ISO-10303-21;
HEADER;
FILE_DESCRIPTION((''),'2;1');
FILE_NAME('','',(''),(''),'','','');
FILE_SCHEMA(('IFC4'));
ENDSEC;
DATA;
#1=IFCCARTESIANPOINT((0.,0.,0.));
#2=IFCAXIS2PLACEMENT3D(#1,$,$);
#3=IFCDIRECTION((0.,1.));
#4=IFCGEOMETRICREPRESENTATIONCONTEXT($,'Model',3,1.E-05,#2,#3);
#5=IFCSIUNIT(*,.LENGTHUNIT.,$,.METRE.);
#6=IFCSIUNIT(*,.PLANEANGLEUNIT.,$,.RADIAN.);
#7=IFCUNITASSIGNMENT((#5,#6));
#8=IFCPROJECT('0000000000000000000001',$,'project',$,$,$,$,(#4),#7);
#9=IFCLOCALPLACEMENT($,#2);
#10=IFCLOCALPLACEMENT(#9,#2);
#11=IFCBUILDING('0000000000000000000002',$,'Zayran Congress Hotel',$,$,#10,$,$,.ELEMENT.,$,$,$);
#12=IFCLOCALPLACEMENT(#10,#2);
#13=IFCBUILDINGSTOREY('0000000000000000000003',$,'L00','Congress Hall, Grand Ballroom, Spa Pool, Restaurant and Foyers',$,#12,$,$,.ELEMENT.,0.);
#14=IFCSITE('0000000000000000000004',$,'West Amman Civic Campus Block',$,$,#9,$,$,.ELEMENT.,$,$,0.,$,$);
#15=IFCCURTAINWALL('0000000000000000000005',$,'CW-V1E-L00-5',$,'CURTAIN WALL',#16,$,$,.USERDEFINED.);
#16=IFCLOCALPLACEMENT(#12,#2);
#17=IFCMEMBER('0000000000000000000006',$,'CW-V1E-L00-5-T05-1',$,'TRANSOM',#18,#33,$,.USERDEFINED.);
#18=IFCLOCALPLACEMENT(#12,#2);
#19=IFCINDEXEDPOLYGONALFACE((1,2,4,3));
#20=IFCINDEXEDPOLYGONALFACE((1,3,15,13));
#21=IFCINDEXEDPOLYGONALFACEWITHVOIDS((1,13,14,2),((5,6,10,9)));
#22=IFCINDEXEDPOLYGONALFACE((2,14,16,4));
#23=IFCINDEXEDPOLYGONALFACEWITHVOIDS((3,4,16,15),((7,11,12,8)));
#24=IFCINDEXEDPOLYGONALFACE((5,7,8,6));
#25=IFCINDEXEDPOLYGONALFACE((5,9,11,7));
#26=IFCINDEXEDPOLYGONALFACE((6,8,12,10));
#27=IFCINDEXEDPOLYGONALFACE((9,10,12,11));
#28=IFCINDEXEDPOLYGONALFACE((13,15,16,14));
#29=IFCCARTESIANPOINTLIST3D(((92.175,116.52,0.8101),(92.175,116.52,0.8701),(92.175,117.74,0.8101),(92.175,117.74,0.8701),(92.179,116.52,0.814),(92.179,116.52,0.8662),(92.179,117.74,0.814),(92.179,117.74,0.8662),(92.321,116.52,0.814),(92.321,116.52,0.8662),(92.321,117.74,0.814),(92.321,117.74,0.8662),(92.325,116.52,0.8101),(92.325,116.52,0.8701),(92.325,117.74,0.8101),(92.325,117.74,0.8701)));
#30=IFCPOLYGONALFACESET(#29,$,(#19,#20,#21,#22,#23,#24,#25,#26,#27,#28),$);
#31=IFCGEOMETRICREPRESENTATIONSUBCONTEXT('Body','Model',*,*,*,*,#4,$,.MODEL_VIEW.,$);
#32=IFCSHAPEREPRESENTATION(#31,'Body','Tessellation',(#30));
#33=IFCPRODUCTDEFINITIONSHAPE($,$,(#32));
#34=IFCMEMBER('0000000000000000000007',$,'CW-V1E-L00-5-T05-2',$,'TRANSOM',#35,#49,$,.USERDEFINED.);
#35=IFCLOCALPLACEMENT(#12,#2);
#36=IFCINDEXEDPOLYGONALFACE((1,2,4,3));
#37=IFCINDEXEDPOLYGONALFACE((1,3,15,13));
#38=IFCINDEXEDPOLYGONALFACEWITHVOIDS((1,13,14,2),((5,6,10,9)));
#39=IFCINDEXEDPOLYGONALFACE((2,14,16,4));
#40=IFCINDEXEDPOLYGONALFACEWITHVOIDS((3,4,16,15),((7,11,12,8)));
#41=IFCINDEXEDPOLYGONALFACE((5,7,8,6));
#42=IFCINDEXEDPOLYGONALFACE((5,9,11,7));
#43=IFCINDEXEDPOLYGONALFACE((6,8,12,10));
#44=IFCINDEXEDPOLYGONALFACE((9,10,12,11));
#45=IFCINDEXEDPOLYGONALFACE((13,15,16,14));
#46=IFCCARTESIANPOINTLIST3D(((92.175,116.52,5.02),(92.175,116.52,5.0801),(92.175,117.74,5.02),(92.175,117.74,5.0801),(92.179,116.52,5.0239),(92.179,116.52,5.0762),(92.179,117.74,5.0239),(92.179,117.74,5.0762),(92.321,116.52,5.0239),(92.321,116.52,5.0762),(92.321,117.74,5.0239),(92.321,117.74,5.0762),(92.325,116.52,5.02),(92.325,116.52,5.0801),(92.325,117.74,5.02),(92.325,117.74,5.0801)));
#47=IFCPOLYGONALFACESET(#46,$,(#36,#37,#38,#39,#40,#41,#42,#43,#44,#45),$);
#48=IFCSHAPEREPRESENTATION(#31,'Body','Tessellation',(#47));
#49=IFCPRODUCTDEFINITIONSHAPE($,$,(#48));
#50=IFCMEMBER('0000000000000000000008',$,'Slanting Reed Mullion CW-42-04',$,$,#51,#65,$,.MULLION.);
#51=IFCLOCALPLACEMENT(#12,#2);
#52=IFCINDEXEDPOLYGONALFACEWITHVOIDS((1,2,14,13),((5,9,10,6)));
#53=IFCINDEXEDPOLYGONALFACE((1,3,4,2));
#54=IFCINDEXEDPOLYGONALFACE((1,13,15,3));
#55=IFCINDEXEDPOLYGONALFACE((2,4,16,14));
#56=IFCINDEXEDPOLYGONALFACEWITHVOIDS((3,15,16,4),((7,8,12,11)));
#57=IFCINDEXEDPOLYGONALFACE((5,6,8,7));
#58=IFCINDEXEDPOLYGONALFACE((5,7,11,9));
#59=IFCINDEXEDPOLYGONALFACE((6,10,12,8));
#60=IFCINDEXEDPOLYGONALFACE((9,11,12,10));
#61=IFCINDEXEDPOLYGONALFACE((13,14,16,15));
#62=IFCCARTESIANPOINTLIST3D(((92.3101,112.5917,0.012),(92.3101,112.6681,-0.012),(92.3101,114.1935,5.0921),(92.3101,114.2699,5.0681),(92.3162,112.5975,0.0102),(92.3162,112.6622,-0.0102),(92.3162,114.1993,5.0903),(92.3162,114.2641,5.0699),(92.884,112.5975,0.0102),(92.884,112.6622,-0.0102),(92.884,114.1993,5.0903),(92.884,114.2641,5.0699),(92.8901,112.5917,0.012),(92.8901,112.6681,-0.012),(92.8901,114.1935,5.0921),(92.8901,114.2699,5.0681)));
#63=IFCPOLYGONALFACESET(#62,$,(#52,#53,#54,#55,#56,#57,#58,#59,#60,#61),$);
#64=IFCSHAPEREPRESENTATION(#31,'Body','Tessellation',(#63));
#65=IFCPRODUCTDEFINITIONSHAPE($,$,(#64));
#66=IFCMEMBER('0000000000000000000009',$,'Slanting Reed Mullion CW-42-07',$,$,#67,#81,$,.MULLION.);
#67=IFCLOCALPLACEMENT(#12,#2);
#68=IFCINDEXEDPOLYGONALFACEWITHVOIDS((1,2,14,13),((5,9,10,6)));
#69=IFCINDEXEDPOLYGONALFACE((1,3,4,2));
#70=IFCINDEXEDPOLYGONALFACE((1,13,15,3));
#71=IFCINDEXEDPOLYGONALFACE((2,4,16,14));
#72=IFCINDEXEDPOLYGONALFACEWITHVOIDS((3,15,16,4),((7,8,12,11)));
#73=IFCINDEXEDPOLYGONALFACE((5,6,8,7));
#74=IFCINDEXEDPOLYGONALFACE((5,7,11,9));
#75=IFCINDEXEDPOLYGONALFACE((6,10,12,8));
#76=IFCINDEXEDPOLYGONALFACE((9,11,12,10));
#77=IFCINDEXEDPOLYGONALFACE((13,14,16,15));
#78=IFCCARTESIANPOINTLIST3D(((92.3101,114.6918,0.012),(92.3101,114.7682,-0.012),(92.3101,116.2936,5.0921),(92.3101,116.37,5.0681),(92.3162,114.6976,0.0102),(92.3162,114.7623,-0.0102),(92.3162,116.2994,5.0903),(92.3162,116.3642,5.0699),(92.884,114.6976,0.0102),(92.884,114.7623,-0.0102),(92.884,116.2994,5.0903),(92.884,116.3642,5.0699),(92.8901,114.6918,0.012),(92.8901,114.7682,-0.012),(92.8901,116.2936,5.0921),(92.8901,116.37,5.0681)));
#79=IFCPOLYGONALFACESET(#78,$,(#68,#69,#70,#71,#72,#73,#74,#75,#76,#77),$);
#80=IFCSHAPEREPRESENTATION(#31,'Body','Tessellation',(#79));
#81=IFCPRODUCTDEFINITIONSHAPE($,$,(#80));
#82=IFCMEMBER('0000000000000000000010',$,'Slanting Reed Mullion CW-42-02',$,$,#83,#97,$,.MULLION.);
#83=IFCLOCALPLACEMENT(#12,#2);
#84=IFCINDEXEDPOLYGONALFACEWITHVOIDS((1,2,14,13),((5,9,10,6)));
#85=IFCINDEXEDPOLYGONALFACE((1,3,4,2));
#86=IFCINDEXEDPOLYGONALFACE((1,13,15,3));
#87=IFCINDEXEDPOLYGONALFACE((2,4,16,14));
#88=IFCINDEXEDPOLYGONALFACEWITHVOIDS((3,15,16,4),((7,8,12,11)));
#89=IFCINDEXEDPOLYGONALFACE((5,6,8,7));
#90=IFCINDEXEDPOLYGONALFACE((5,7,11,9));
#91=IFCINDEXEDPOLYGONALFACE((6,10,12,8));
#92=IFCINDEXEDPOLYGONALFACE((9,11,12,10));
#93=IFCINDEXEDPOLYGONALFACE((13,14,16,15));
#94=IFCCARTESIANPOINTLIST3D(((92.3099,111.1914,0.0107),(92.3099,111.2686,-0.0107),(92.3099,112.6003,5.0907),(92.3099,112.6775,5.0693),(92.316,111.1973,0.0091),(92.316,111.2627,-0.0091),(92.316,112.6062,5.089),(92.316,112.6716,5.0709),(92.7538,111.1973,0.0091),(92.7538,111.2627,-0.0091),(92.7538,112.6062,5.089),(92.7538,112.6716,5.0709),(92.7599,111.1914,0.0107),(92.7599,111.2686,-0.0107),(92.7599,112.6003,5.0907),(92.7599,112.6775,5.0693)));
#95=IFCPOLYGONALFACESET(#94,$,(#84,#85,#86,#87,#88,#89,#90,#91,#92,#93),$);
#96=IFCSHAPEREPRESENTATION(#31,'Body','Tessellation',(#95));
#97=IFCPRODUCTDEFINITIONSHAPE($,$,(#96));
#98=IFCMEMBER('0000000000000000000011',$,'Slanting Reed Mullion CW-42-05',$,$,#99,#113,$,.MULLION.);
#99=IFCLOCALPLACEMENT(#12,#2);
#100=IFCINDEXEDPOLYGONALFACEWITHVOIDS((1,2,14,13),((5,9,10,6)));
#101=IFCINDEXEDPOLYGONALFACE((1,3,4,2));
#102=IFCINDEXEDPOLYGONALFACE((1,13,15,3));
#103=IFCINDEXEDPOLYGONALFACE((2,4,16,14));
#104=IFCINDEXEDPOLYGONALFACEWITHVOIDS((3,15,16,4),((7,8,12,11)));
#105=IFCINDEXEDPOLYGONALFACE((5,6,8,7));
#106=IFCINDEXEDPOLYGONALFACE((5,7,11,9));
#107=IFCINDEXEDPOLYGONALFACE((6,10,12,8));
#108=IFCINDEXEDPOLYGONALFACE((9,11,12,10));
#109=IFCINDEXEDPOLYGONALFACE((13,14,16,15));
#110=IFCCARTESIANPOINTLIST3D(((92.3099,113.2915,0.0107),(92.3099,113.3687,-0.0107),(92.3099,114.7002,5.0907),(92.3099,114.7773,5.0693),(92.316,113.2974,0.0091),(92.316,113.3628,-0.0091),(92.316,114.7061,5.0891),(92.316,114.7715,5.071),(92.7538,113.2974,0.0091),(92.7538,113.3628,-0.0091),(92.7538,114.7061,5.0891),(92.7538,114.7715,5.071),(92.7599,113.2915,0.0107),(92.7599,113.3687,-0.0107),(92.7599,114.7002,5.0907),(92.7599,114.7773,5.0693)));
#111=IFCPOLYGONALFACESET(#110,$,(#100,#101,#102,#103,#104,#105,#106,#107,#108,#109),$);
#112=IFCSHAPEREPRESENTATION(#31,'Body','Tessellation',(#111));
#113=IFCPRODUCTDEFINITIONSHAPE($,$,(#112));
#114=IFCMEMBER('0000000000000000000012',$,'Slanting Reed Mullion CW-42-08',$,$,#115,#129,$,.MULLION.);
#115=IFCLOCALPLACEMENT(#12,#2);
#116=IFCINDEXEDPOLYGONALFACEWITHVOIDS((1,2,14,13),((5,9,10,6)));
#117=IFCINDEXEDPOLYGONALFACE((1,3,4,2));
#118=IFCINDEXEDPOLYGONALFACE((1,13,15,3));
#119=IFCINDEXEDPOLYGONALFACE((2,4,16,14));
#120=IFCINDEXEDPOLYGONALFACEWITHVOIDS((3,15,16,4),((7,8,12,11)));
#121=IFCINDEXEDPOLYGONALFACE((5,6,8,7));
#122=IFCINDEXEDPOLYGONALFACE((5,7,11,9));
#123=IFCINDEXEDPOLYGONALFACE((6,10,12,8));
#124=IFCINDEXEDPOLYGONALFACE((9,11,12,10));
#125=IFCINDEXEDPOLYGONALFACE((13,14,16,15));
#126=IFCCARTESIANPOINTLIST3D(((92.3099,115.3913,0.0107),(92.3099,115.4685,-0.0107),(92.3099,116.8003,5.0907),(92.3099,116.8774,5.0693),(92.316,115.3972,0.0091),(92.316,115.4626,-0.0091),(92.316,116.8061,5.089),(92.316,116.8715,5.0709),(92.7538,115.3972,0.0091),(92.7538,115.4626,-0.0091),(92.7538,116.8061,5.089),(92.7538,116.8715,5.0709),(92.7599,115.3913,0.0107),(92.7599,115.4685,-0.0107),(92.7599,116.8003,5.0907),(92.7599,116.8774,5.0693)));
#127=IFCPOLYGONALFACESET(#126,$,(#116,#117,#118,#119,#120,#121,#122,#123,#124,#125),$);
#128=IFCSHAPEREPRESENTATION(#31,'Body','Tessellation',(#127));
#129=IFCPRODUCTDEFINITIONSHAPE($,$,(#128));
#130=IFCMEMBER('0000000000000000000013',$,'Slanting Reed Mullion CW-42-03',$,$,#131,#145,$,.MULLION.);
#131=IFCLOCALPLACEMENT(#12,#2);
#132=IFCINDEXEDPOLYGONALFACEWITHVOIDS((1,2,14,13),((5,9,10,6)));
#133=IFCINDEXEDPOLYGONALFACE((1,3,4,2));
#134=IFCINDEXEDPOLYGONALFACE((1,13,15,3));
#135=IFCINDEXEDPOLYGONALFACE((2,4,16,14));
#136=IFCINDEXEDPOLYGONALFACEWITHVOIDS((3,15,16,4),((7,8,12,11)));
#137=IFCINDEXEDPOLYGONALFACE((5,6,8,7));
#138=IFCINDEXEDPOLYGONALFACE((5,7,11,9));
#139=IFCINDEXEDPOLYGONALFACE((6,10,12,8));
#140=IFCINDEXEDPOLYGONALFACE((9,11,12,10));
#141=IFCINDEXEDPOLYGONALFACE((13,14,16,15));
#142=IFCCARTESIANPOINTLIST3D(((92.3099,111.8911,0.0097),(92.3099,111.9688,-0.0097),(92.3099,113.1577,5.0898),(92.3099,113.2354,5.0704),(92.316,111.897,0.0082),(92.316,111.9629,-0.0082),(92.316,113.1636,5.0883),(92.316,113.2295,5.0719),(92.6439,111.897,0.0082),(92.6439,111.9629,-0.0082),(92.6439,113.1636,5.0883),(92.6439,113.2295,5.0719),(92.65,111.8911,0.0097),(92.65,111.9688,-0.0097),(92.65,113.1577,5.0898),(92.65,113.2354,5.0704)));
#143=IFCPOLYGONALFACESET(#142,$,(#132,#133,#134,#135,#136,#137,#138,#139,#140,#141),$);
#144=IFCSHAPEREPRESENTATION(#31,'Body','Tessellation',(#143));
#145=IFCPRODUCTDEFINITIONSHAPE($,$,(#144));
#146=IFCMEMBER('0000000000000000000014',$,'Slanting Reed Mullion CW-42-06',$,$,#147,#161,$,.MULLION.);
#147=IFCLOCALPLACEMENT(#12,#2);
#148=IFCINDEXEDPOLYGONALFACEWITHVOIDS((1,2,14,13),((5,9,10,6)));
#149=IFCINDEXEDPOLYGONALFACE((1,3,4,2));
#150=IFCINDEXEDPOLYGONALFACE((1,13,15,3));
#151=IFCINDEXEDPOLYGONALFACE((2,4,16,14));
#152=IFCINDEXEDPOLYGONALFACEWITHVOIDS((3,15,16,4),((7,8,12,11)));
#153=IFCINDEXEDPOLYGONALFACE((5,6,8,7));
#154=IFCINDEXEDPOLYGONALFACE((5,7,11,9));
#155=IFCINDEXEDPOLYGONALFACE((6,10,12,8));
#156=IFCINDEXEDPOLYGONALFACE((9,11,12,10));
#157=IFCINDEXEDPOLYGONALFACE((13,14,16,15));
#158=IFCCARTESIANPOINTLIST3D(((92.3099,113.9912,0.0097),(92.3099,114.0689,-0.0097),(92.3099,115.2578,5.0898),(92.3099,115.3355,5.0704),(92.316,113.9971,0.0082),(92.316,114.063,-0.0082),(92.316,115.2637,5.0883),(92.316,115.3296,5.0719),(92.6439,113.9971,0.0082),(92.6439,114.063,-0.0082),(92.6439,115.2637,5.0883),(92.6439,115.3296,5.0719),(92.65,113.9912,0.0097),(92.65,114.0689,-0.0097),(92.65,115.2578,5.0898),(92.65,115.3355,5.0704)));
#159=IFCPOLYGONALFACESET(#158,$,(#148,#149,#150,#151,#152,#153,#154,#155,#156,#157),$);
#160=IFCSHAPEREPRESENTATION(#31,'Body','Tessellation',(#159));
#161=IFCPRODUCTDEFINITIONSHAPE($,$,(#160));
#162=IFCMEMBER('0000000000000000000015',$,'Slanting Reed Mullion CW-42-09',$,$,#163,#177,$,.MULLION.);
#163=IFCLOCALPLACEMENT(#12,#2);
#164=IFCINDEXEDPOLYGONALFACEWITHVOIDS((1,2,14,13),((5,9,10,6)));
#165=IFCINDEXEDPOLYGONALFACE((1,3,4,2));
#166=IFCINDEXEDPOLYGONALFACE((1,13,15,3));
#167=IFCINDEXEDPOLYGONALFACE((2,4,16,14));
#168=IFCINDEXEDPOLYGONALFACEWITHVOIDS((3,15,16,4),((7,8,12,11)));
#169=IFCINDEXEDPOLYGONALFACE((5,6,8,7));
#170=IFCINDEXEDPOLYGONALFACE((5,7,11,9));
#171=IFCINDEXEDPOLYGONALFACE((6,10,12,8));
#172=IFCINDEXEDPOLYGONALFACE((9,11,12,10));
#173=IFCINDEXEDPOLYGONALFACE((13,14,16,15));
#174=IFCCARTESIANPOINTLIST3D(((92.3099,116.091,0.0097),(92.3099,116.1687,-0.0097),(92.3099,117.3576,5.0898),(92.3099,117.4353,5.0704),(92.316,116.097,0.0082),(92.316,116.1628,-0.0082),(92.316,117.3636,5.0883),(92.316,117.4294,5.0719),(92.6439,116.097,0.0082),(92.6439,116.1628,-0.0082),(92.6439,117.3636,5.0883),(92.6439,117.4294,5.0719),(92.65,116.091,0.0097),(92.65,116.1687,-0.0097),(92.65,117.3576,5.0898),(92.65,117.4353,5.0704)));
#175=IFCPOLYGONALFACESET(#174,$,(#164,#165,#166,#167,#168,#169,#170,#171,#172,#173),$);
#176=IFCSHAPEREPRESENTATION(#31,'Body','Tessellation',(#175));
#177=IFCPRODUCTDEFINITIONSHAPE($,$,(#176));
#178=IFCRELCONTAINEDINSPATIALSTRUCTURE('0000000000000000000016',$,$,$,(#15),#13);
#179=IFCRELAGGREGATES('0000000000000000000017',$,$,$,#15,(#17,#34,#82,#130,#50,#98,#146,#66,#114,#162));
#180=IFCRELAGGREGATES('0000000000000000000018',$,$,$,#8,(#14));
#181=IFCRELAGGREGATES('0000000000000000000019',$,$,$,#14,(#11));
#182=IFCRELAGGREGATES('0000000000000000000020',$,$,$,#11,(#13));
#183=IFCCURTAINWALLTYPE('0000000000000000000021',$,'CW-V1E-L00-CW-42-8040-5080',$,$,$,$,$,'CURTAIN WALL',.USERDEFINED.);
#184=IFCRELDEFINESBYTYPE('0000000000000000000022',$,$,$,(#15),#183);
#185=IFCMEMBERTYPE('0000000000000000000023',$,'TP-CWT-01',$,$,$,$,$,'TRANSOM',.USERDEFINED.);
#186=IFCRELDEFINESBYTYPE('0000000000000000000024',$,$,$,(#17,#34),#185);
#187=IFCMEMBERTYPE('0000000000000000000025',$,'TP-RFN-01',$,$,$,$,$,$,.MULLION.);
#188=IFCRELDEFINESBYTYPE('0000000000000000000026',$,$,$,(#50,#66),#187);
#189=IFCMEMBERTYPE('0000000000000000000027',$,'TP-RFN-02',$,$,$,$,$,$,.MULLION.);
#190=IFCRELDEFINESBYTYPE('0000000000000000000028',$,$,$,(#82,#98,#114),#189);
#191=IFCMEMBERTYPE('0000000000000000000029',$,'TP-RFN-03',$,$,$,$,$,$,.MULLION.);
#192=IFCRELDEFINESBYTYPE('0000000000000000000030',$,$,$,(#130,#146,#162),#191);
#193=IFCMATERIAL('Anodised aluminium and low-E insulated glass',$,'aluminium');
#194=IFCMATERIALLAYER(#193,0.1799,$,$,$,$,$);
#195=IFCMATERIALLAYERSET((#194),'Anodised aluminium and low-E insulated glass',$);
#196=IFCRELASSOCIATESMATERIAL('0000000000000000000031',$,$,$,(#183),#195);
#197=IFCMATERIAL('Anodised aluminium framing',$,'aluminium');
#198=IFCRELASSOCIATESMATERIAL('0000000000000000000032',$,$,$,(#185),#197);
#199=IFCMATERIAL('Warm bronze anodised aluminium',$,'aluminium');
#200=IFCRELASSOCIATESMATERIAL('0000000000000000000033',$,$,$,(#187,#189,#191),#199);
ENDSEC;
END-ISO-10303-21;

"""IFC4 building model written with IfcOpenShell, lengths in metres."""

from ifc_helpers import new_model, si_unit, direction, frame, origin, origin_2d, place, context, subcontext, project, spatial, hollow_rectangle, extrude, material, layer, layer_set, material_profile, profile_set, type_object, element, aggregate, save


model = new_model("IFC4")

# Units and contexts
model_context = context("Model", 3, precision=1e-05, world=origin(), true_north=direction((0.0, 1.0)))
body_context = subcontext(model_context, "Body", "Model", "MODEL_VIEW")
ifc_project = project(units=[si_unit("LENGTHUNIT", "METRE"), si_unit("PLANEANGLEUNIT", "RADIAN")], contexts=[model_context])

# Site, building, storey
site_placement = place(None, origin())
site = spatial("IfcSite", under=ifc_project, at=site_placement, Name="West Amman Civic Campus Block", CompositionType="ELEMENT", RefElevation=0.0)
building_placement = place(site_placement, origin())
building = spatial("IfcBuilding", under=site, at=building_placement, Name="Zayran Congress Hotel", CompositionType="ELEMENT")
storey_placement = place(building_placement, origin())
storey = spatial("IfcBuildingStorey", under=building, at=storey_placement, Name="L00", Description="Congress Hall, Grand Ballroom, Spa Pool, Restaurant and Foyers", CompositionType="ELEMENT", Elevation=0.0)

# Shared definitions
ifc_material_1 = material(Name="Anodised aluminium and low-E insulated glass", Category="aluminium")
ifc_material_2 = material(Name="Anodised aluminium framing", Category="aluminium")

# Curtain wall
ifc_layer_1 = layer(ifc_material_1, 0.1799)
ifc_layer_set_1 = layer_set([ifc_layer_1], Name="Anodised aluminium and low-E insulated glass")
curtain_wall_type_1 = type_object("IfcCurtainWallType", Name="CW-V1E-L00-CW-42-8040-5080", ElementType="CURTAIN WALL", PredefinedType="USERDEFINED", material=ifc_layer_set_1)
curtain_wall_1_placement = place(storey_placement, origin())
curtain_wall_1 = element("IfcCurtainWall", 1, at=curtain_wall_1_placement, inside=storey, type_object=curtain_wall_type_1, Name="CW-V1E-L00-5", ObjectType="CURTAIN WALL", PredefinedType="USERDEFINED")

# Members
ifc_material_profile_1 = material_profile(ifc_material_2, hollow_rectangle(XDim=0.0601, YDim=0.1499, WallThickness=0.0039, at=origin_2d()), Name="RHS 150x60x4")
ifc_profile_set_1 = profile_set([ifc_material_profile_1], Name="Anodised aluminium framing")
member_type_1 = type_object("IfcMemberType", Name="TP-CWT-01", ElementType="TRANSOM", PredefinedType="USERDEFINED", material=ifc_profile_set_1)
member_1_placement = place(storey_placement, frame((92.25, 116.52, 0.8401), z_axis=(0.0, 1.0, 0.0), x_axis=(0.0, 0.0, 1.0)))
member_1 = element("IfcMember", 2, at=member_1_placement, type_object=member_type_1, Name="CW-V1E-L00-5-T05-1", ObjectType="TRANSOM", PredefinedType="USERDEFINED", context=body_context, shape_type="SweptSolid", body=[
    extrude(hollow_rectangle(XDim=0.0601, YDim=0.1499, WallThickness=0.0039, at=origin_2d()), origin(), (0.0, 0.0, 1.0), 1.22),
])
member_2_placement = place(storey_placement, frame((92.25, 116.52, 5.05), z_axis=(0.0, 1.0, 0.0), x_axis=(0.0, 0.0, 1.0)))
member_2 = element("IfcMember", 3, at=member_2_placement, type_object=member_type_1, Name="CW-V1E-L00-5-T05-2", ObjectType="TRANSOM", PredefinedType="USERDEFINED", context=body_context, shape_type="SweptSolid", body=[
    extrude(hollow_rectangle(XDim=0.0601, YDim=0.1499, WallThickness=0.0039, at=origin_2d()), origin(), (0.0, 0.0, 1.0), 1.22),
])
ifc_material_3 = material(Name="Warm bronze anodised aluminium", Category="aluminium")
ifc_material_profile_2 = material_profile(ifc_material_3, hollow_rectangle(XDim=0.0801, YDim=0.5801, WallThickness=0.0061, at=origin_2d()), Name="RHS 580x80x6")
ifc_profile_set_2 = profile_set([ifc_material_profile_2], Name="Warm bronze anodised aluminium")
member_type_2 = type_object("IfcMemberType", Name="TP-RFN-01", PredefinedType="MULLION", material=ifc_profile_set_2)
member_3_placement = place(storey_placement, frame((92.6001, 112.6299, 0.0), z_axis=(0.0, 0.300717, 0.953713), x_axis=(0.0, -0.953713, 0.300717)))
member_3 = element("IfcMember", 4, at=member_3_placement, type_object=member_type_2, Name="Slanting Reed Mullion CW-42-04", PredefinedType="MULLION", context=body_context, shape_type="SweptSolid", body=[
    extrude(hollow_rectangle(XDim=0.0801, YDim=0.5801, WallThickness=0.0061, at=origin_2d()), origin(), (0.0, 0.0, 1.0), 5.3267),
])
member_4_placement = place(storey_placement, frame((92.6001, 114.73, 0.0), z_axis=(0.0, 0.300717, 0.953713), x_axis=(0.0, -0.953713, 0.300717)))
member_4 = element("IfcMember", 5, at=member_4_placement, type_object=member_type_2, Name="Slanting Reed Mullion CW-42-07", PredefinedType="MULLION", context=body_context, shape_type="SweptSolid", body=[
    extrude(hollow_rectangle(XDim=0.0801, YDim=0.5801, WallThickness=0.0061, at=origin_2d()), origin(), (0.0, 0.0, 1.0), 5.3267),
])
ifc_material_profile_3 = material_profile(ifc_material_3, hollow_rectangle(XDim=0.0801, YDim=0.45, WallThickness=0.0061, at=origin_2d()), Name="RHS 450x80x6")
ifc_profile_set_3 = profile_set([ifc_material_profile_3], Name="Warm bronze anodised aluminium")
member_type_3 = type_object("IfcMemberType", Name="TP-RFN-02", PredefinedType="MULLION", material=ifc_profile_set_3)
member_5_placement = place(storey_placement, frame((92.5349, 111.23, 0.0), z_axis=(0.0, 0.267257, 0.963625), x_axis=(0.0, -0.963625, 0.267257)))
member_5 = element("IfcMember", 6, at=member_5_placement, type_object=member_type_3, Name="Slanting Reed Mullion CW-42-02", PredefinedType="MULLION", context=body_context, shape_type="SweptSolid", body=[
    extrude(hollow_rectangle(XDim=0.0801, YDim=0.45, WallThickness=0.0061, at=origin_2d()), origin(), (0.0, 0.0, 1.0), 5.2717),
])
member_6_placement = place(storey_placement, frame((92.5349, 113.3301, 0.0), z_axis=(0.0, 0.267214, 0.963637), x_axis=(0.0, -0.963637, 0.267214)))
member_6 = element("IfcMember", 7, at=member_6_placement, type_object=member_type_3, Name="Slanting Reed Mullion CW-42-05", PredefinedType="MULLION", context=body_context, shape_type="SweptSolid", body=[
    extrude(hollow_rectangle(XDim=0.0801, YDim=0.45, WallThickness=0.0061, at=origin_2d()), origin(), (0.0, 0.0, 1.0), 5.2717),
])
member_7_placement = place(storey_placement, frame((92.5349, 115.4299, 0.0), z_axis=(0.0, 0.267257, 0.963625), x_axis=(0.0, -0.963625, 0.267257)))
member_7 = element("IfcMember", 8, at=member_7_placement, type_object=member_type_3, Name="Slanting Reed Mullion CW-42-08", PredefinedType="MULLION", context=body_context, shape_type="SweptSolid", body=[
    extrude(hollow_rectangle(XDim=0.0801, YDim=0.45, WallThickness=0.0061, at=origin_2d()), origin(), (0.0, 0.0, 1.0), 5.2717),
])
ifc_material_profile_4 = material_profile(ifc_material_3, hollow_rectangle(XDim=0.0801, YDim=0.3401, WallThickness=0.0061, at=origin_2d()), Name="RHS 340x80x6")
ifc_profile_set_4 = profile_set([ifc_material_profile_4], Name="Warm bronze anodised aluminium")
member_type_4 = type_object("IfcMemberType", Name="TP-RFN-03", PredefinedType="MULLION", material=ifc_profile_set_4)
member_8_placement = place(storey_placement, frame((92.48, 111.9299, 0.0), z_axis=(0.0, 0.241921, 0.970296), x_axis=(0.0, -0.970296, 0.241921)))
member_8 = element("IfcMember", 9, at=member_8_placement, type_object=member_type_4, Name="Slanting Reed Mullion CW-42-03", PredefinedType="MULLION", context=body_context, shape_type="SweptSolid", body=[
    extrude(hollow_rectangle(XDim=0.0801, YDim=0.3401, WallThickness=0.0061, at=origin_2d()), origin(), (0.0, 0.0, 1.0), 5.2356),
])
member_9_placement = place(storey_placement, frame((92.48, 114.03, 0.0), z_axis=(0.0, 0.241921, 0.970296), x_axis=(0.0, -0.970296, 0.241921)))
member_9 = element("IfcMember", 10, at=member_9_placement, type_object=member_type_4, Name="Slanting Reed Mullion CW-42-06", PredefinedType="MULLION", context=body_context, shape_type="SweptSolid", body=[
    extrude(hollow_rectangle(XDim=0.0801, YDim=0.3401, WallThickness=0.0061, at=origin_2d()), origin(), (0.0, 0.0, 1.0), 5.2356),
])
member_10_placement = place(storey_placement, frame((92.48, 116.1299, 0.0), z_axis=(0.0, 0.241921, 0.970296), x_axis=(0.0, -0.970296, 0.241921)))
member_10 = element("IfcMember", 11, at=member_10_placement, type_object=member_type_4, Name="Slanting Reed Mullion CW-42-09", PredefinedType="MULLION", context=body_context, shape_type="SweptSolid", body=[
    extrude(hollow_rectangle(XDim=0.0801, YDim=0.3401, WallThickness=0.0061, at=origin_2d()), origin(), (0.0, 0.0, 1.0), 5.2356),
])

aggregate(curtain_wall_1, [member_1, member_2, member_5, member_8, member_3, member_6, member_9, member_4, member_7, member_10])

save(model, "model.ifc")
